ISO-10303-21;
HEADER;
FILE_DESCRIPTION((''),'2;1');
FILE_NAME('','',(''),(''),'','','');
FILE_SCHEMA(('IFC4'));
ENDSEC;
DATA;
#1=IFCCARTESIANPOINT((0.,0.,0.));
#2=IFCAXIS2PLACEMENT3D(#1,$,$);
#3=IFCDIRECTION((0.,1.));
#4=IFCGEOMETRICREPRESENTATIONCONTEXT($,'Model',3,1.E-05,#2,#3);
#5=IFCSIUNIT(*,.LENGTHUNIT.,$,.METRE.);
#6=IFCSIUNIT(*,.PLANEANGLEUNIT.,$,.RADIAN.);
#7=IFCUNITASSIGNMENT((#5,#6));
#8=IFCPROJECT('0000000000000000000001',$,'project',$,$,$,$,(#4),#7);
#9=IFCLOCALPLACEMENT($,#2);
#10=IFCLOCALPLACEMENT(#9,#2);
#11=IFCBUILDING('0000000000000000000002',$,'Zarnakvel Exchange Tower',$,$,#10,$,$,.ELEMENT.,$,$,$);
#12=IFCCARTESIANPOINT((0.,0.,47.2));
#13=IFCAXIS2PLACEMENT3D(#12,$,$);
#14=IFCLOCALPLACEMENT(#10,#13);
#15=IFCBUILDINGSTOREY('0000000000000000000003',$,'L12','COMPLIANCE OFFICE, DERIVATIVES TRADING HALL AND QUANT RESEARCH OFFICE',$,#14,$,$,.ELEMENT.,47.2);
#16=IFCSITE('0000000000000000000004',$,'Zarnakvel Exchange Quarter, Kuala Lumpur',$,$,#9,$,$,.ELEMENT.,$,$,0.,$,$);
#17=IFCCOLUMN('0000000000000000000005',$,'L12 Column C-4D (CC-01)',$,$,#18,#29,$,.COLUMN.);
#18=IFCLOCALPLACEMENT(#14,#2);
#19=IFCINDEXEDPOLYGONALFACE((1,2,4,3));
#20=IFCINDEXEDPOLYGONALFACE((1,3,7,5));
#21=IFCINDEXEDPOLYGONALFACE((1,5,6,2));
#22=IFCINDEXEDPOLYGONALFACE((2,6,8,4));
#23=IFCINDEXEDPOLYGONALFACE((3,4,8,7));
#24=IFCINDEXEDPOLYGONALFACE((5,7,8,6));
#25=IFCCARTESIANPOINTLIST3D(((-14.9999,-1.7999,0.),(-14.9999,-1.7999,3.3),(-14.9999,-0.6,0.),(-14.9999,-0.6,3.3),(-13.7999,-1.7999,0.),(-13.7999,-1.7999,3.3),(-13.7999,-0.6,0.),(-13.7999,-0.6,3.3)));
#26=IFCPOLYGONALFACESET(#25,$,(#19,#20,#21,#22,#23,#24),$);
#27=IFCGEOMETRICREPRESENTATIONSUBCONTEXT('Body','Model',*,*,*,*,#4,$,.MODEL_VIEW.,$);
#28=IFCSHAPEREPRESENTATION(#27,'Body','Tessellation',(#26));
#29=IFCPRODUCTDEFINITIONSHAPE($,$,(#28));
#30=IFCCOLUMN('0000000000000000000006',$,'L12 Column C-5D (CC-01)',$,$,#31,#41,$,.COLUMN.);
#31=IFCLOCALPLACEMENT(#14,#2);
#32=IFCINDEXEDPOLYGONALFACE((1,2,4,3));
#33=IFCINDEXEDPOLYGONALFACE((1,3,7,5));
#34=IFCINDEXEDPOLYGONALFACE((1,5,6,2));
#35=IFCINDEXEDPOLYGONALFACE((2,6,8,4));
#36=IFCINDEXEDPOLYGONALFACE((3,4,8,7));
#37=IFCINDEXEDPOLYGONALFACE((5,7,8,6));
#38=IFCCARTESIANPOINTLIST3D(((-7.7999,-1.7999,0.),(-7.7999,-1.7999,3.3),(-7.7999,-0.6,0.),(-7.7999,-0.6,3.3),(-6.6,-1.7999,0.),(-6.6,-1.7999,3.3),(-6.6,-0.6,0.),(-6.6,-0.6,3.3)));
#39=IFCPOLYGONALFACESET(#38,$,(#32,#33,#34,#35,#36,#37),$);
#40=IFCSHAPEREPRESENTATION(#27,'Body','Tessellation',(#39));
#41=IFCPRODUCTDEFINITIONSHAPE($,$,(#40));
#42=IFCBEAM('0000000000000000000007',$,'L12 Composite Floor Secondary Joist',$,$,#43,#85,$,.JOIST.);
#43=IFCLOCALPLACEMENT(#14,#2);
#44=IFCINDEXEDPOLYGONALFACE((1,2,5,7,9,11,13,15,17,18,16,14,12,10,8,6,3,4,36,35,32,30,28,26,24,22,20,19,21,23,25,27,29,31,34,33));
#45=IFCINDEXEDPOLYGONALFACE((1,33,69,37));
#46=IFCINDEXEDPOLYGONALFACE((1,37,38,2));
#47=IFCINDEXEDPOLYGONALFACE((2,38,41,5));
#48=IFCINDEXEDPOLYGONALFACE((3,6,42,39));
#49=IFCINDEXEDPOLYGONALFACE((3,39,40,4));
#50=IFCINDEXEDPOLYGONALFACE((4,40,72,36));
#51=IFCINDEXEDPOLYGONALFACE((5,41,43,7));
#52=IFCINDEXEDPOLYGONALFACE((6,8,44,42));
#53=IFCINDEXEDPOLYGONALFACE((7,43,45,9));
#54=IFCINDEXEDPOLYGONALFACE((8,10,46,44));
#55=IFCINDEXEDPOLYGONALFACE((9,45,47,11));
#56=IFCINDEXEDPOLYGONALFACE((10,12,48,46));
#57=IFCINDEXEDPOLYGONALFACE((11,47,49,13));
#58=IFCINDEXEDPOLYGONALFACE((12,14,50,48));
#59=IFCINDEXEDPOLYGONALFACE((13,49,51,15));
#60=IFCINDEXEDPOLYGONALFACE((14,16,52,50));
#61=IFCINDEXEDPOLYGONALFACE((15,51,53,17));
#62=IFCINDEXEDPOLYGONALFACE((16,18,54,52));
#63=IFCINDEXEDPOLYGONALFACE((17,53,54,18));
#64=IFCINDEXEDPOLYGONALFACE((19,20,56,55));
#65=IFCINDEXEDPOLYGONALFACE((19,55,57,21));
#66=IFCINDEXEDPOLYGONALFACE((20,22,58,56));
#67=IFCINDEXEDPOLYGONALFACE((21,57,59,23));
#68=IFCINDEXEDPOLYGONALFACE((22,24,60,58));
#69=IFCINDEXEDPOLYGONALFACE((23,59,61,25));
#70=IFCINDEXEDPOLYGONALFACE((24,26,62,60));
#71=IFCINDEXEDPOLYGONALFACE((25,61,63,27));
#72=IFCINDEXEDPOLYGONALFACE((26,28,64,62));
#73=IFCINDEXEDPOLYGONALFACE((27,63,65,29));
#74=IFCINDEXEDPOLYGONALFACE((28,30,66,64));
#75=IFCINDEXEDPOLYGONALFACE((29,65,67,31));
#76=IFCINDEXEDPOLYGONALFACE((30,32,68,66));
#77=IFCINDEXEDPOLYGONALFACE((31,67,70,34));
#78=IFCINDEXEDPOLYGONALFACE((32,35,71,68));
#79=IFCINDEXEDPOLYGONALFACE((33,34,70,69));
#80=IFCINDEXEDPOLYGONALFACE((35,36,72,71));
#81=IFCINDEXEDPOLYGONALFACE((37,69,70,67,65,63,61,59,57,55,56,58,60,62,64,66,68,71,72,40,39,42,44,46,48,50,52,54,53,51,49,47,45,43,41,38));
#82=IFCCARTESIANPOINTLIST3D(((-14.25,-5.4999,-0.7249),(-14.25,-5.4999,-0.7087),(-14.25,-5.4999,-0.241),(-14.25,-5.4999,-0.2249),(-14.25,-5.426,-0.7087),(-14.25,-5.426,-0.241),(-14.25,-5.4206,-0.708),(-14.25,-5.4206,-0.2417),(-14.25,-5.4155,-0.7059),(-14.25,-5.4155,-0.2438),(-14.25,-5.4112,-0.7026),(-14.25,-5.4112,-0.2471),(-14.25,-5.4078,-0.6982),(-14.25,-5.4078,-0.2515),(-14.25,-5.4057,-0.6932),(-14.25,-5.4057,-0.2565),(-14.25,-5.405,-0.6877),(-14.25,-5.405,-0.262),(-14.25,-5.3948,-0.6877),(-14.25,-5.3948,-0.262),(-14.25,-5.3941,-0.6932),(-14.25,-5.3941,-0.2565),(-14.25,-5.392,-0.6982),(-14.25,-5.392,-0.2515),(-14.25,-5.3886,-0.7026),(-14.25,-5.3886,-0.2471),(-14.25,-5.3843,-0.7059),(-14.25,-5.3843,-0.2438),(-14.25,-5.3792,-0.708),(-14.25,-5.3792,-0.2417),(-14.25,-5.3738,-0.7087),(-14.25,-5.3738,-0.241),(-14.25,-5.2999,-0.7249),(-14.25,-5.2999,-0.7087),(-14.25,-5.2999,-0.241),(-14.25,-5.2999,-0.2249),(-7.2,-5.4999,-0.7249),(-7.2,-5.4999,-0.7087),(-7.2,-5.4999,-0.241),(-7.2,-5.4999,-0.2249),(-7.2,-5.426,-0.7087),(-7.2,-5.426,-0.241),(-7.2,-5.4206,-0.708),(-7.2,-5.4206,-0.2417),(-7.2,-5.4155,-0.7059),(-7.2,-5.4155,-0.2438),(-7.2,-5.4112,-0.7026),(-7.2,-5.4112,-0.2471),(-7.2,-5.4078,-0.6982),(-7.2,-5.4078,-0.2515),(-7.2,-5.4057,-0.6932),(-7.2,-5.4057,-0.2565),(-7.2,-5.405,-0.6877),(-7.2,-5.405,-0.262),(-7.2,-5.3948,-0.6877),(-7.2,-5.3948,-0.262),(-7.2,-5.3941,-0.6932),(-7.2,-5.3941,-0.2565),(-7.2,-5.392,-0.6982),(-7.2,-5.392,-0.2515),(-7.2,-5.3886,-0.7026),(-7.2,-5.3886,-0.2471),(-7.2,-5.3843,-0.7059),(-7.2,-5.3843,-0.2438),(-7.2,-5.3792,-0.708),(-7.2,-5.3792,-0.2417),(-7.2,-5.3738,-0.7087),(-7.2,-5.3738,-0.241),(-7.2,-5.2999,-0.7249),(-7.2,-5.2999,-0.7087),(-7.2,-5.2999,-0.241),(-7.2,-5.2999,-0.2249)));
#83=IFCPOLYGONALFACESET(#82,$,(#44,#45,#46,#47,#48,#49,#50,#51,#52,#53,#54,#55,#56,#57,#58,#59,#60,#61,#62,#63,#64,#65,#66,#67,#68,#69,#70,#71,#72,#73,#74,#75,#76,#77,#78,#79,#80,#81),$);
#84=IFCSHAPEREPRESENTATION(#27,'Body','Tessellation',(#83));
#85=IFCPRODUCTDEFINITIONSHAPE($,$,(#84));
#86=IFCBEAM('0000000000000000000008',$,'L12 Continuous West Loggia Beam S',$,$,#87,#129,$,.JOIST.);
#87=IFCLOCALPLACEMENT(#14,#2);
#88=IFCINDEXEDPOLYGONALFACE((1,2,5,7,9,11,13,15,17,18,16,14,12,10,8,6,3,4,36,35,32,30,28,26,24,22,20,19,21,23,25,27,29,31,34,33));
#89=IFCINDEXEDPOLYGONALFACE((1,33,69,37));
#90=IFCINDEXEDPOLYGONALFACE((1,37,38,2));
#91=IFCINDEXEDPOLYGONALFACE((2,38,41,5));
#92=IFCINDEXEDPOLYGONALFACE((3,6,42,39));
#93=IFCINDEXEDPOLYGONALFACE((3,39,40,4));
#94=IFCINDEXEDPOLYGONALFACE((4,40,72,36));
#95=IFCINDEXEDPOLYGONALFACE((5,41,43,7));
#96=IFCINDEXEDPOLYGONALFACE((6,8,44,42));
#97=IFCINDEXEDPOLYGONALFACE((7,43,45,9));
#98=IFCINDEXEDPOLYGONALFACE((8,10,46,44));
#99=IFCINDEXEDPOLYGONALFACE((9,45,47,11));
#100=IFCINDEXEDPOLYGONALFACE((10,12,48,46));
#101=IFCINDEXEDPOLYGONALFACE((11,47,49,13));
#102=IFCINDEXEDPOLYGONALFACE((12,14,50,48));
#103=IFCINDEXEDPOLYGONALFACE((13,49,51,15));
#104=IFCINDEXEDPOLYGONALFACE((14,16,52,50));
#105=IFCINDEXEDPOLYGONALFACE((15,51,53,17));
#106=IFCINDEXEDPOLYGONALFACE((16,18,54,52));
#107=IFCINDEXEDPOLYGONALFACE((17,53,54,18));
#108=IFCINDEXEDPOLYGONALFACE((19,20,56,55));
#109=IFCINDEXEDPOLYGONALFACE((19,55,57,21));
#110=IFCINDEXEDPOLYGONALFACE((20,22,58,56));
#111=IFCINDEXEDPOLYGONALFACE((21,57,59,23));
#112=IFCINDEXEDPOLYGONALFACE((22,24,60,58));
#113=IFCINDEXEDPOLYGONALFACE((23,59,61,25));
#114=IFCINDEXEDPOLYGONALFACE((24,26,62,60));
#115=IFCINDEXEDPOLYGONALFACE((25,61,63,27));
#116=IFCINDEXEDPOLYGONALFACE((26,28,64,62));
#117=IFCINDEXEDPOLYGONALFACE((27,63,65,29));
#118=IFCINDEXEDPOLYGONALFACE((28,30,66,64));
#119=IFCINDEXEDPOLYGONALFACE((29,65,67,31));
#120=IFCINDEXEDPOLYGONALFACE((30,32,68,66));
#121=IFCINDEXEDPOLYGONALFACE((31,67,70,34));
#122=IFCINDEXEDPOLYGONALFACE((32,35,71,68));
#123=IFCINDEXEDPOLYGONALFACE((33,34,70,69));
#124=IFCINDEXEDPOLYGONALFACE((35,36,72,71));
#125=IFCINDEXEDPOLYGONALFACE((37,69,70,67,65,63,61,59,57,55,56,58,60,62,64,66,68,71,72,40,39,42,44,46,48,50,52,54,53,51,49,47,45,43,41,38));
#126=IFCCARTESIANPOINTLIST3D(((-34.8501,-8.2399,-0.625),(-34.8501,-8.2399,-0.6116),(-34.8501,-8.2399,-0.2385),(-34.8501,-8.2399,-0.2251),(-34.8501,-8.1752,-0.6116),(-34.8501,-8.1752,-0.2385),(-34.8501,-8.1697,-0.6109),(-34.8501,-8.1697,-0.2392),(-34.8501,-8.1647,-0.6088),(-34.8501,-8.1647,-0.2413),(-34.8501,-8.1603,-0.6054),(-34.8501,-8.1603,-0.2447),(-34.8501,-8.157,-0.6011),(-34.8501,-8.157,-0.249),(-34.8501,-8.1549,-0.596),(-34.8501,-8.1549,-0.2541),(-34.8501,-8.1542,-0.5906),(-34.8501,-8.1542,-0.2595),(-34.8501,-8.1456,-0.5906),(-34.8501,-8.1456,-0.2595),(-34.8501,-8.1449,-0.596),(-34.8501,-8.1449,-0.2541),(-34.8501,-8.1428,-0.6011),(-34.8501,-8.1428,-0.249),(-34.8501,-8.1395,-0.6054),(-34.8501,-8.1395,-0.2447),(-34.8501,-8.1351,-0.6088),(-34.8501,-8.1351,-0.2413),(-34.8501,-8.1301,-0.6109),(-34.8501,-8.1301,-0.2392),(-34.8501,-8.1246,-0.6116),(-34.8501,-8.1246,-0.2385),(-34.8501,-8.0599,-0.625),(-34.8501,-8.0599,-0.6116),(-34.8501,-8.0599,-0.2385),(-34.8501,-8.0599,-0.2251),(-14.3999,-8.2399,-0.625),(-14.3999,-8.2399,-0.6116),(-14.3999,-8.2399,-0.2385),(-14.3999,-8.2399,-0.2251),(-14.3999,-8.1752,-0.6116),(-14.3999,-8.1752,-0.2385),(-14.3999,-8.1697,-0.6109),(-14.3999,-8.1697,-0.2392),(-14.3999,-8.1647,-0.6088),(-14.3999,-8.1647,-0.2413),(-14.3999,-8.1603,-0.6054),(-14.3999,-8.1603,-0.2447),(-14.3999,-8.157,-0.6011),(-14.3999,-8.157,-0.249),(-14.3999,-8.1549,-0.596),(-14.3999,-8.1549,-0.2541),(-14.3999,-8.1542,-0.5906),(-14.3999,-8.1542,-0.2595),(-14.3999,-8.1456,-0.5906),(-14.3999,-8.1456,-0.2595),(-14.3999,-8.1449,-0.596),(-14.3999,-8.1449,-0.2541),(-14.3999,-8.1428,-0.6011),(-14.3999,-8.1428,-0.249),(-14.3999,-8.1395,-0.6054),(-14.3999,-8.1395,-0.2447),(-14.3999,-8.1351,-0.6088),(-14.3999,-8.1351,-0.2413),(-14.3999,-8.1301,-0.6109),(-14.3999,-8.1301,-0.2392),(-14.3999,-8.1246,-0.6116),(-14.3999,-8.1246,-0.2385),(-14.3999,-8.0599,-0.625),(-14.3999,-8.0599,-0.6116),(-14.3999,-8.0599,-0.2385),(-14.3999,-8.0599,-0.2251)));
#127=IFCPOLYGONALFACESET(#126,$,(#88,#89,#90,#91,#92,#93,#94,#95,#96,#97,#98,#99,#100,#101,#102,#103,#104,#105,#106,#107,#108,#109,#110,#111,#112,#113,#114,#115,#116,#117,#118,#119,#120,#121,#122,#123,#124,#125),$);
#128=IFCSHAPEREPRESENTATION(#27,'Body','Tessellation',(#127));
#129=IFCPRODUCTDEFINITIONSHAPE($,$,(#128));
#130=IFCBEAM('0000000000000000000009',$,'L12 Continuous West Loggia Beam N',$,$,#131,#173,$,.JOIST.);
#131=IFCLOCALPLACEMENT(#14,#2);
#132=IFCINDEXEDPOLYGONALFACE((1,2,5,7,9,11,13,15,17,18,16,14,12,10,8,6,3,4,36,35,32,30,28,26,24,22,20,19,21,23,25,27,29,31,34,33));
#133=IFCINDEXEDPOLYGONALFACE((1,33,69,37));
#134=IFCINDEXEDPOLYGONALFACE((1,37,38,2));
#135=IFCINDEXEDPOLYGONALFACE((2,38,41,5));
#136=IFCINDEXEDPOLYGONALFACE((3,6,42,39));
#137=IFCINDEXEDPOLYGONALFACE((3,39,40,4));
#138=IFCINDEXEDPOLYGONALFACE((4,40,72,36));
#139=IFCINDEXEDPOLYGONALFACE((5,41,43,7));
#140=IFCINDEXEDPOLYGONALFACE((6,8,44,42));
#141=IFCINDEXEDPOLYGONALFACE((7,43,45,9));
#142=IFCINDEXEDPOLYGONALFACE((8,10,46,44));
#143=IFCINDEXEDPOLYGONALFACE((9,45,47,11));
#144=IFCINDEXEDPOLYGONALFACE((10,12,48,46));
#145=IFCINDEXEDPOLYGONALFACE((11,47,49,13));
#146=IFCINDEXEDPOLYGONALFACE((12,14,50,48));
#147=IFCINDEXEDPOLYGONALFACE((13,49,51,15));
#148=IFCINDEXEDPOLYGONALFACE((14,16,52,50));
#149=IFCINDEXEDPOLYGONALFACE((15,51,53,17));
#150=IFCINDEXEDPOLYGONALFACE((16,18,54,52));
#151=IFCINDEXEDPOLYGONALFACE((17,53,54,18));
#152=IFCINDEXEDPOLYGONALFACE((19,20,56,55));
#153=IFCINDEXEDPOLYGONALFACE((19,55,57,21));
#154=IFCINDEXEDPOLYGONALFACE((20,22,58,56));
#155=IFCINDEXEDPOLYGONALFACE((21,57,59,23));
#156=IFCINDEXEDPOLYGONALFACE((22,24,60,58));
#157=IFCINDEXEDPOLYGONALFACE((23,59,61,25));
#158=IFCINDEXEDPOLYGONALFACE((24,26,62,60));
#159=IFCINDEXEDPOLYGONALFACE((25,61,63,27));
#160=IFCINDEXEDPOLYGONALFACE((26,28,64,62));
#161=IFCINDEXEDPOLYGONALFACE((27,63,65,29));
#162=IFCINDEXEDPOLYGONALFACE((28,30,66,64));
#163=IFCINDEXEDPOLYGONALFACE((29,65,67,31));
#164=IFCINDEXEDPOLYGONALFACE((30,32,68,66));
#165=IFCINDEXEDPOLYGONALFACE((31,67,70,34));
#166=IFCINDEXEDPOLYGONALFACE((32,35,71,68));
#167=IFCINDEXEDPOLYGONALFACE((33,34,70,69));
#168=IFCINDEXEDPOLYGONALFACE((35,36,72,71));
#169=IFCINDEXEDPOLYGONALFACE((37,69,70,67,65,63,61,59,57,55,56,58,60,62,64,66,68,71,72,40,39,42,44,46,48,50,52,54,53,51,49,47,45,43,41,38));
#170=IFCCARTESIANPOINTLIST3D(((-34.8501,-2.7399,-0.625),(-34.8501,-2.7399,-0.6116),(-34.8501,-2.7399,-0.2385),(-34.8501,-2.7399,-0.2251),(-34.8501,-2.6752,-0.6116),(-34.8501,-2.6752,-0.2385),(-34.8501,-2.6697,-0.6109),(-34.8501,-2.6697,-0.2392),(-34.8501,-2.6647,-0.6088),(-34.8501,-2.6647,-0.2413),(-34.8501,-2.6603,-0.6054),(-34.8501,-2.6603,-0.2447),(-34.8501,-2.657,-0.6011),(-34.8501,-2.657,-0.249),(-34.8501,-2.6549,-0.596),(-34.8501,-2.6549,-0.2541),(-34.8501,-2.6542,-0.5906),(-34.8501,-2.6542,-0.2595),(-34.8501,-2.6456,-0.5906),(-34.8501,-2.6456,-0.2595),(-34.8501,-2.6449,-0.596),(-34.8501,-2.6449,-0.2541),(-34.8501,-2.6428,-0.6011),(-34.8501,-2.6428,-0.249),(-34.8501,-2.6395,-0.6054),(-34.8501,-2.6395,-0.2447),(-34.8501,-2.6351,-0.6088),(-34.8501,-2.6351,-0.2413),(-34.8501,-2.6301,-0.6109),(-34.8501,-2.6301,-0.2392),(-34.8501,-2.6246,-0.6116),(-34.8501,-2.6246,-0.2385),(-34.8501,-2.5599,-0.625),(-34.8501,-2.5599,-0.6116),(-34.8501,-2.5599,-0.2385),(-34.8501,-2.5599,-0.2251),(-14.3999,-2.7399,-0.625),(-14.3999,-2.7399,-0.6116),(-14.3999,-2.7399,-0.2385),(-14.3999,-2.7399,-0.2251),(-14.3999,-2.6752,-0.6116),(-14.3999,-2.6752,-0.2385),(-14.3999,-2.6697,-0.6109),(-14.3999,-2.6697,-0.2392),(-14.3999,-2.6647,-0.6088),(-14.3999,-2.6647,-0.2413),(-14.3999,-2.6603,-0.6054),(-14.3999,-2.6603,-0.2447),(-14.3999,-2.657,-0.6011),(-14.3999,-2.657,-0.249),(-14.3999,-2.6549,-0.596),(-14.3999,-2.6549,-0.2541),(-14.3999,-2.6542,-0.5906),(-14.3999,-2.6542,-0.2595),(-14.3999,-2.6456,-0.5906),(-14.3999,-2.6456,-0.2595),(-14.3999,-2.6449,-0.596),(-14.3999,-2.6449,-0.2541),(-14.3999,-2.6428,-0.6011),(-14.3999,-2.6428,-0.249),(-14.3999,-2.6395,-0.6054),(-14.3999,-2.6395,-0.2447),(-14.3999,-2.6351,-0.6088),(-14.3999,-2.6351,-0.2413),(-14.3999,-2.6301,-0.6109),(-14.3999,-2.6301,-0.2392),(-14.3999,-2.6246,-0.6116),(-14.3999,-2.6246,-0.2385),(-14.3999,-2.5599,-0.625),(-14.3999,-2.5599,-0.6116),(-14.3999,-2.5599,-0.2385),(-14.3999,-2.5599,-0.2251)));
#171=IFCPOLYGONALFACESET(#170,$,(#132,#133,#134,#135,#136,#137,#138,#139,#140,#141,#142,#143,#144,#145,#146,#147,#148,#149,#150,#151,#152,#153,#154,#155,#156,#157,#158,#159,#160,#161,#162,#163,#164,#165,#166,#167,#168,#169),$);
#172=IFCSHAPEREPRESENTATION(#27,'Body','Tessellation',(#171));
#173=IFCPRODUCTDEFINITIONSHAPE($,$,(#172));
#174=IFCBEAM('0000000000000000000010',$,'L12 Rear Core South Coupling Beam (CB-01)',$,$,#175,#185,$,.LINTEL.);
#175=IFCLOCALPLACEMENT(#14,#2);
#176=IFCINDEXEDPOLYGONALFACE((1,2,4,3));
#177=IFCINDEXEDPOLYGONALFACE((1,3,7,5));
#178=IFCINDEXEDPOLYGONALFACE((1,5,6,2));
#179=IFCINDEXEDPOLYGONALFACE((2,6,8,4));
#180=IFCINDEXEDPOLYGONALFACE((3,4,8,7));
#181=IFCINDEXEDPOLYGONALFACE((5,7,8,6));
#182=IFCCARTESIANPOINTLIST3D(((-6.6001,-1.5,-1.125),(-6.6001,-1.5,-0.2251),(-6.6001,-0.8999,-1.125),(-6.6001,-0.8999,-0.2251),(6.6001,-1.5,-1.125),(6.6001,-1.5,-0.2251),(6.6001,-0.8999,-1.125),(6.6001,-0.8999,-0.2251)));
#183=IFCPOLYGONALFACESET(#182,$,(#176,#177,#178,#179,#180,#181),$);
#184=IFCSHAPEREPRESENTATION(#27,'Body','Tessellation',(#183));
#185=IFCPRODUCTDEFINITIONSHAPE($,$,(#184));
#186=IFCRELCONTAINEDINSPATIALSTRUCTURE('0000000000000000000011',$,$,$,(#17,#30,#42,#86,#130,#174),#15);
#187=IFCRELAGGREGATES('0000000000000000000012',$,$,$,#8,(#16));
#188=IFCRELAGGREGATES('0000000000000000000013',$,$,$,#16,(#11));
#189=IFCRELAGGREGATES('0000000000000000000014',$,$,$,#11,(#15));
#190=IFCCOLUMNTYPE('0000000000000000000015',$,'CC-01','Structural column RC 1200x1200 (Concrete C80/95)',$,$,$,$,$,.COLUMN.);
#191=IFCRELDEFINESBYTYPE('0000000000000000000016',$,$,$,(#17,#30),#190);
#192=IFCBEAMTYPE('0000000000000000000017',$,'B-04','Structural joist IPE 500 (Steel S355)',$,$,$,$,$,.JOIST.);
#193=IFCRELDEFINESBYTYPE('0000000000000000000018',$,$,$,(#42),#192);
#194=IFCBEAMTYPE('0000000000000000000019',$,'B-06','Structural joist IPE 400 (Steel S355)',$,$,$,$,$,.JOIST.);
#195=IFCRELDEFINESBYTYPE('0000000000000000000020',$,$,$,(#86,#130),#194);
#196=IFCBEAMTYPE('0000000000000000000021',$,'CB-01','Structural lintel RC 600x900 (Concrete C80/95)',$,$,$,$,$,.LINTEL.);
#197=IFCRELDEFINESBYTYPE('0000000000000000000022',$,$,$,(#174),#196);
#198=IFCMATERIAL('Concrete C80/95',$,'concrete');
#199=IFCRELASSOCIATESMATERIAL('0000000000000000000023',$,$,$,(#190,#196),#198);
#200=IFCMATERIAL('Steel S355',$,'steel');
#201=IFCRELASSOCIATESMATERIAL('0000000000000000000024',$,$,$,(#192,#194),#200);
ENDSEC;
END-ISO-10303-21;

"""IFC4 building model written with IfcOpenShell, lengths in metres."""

from ifc_helpers import new_model, si_unit, direction, frame, origin, origin_2d, place, context, subcontext, project, spatial, rectangle, i_section, extrude, material, material_profile, profile_set, type_object, element, save


model = new_model("IFC4")

# Units and contexts
model_context = context("Model", 3, precision=1e-05, world=origin(), true_north=direction((0.0, 1.0)))
body_context = subcontext(model_context, "Body", "Model", "MODEL_VIEW")
ifc_project = project(units=[si_unit("LENGTHUNIT", "METRE"), si_unit("PLANEANGLEUNIT", "RADIAN")], contexts=[model_context])

# Site, building, storey
site_placement = place(None, origin())
site = spatial("IfcSite", under=ifc_project, at=site_placement, Name="Zarnakvel Exchange Quarter, Kuala Lumpur", CompositionType="ELEMENT", RefElevation=0.0)
building_placement = place(site_placement, origin())
building = spatial("IfcBuilding", under=site, at=building_placement, Name="Zarnakvel Exchange Tower", CompositionType="ELEMENT")
storey_placement = place(building_placement, frame((0.0, 0.0, 47.2)))
storey = spatial("IfcBuildingStorey", under=building, at=storey_placement, Name="L12", Description="COMPLIANCE OFFICE, DERIVATIVES TRADING HALL AND QUANT RESEARCH OFFICE", CompositionType="ELEMENT", Elevation=47.2)

# Columns
ifc_material_1 = material(Name="Concrete C80/95", Category="concrete")
ifc_material_profile_1 = material_profile(ifc_material_1, rectangle(XDim=1.2, YDim=1.2, at=origin_2d()))
ifc_profile_set_1 = profile_set([ifc_material_profile_1], Name="Concrete C80/95")
column_type = type_object("IfcColumnType", Name="CC-01", Description="Structural column RC 1200x1200 (Concrete C80/95)", PredefinedType="COLUMN", material=ifc_profile_set_1)
for number, where, z_axis, x_axis, name in (
    (1, (-14.3999, -1.2, 0.0), (0.0, 0.0, 1.0), (1.0, 0.0, 0.0), "L12 Column C-4D (CC-01)"),
    (2, (-7.2, -1.2, 0.0), (0.0, 0.0, 1.0), (1.0, 0.0, 0.0), "L12 Column C-5D (CC-01)"),
):
    element("IfcColumn", number, at=place(storey_placement, frame(where, z_axis=z_axis, x_axis=x_axis)), inside=storey, type_object=column_type, Name=name, PredefinedType="COLUMN", context=body_context, shape_type="SweptSolid", body=[
        extrude(rectangle(XDim=1.2, YDim=1.2, at=origin_2d()), origin(), (0.0, 0.0, 1.0), 3.3),
    ])

# Beams
ifc_material_2 = material(Name="Steel S355", Category="steel")
ifc_material_profile_2 = material_profile(ifc_material_2, i_section(OverallWidth=0.2, OverallDepth=0.5, WebThickness=0.0103, FlangeThickness=0.0161, FilletRadius=0.021, at=origin_2d()))
ifc_profile_set_2 = profile_set([ifc_material_profile_2], Name="Steel S355")
beam_type_1 = type_object("IfcBeamType", Name="B-04", Description="Structural joist IPE 500 (Steel S355)", PredefinedType="JOIST", material=ifc_profile_set_2)
beam_1_placement = place(storey_placement, frame((-14.25, -5.3999, -0.4749), z_axis=(1.0, 0.0, 0.0), x_axis=(0.0, 1.0, 0.0)))
element("IfcBeam", 3, at=beam_1_placement, inside=storey, type_object=beam_type_1, Name="L12 Composite Floor Secondary Joist", PredefinedType="JOIST", context=body_context, shape_type="SweptSolid", body=[
    extrude(i_section(OverallWidth=0.2, OverallDepth=0.5, WebThickness=0.0103, FlangeThickness=0.0161, FilletRadius=0.021, at=origin_2d()), origin(), (0.0, 0.0, 1.0), 7.05),
])
ifc_material_profile_3 = material_profile(ifc_material_2, i_section(OverallWidth=0.1799, OverallDepth=0.3999, WebThickness=0.0085, FlangeThickness=0.0134, FilletRadius=0.021, at=origin_2d()))
ifc_profile_set_3 = profile_set([ifc_material_profile_3], Name="Steel S355")
beam_type_2 = type_object("IfcBeamType", Name="B-06", Description="Structural joist IPE 400 (Steel S355)", PredefinedType="JOIST", material=ifc_profile_set_3)
for number, where, z_axis, x_axis, name in (
    (4, (-14.3999, -8.1499, -0.425), (-1.0, 0.0, 0.0), (0.0, -1.0, 0.0), "L12 Continuous West Loggia Beam S"),
    (5, (-14.3999, -2.6499, -0.425), (-1.0, 0.0, 0.0), (0.0, -1.0, 0.0), "L12 Continuous West Loggia Beam N"),
):
    element("IfcBeam", number, at=place(storey_placement, frame(where, z_axis=z_axis, x_axis=x_axis)), inside=storey, type_object=beam_type_2, Name=name, PredefinedType="JOIST", context=body_context, shape_type="SweptSolid", body=[
        extrude(i_section(OverallWidth=0.1799, OverallDepth=0.3999, WebThickness=0.0085, FlangeThickness=0.0134, FilletRadius=0.021, at=origin_2d()), origin(), (0.0, 0.0, 1.0), 20.4502),
    ])
ifc_material_profile_4 = material_profile(ifc_material_1, rectangle(XDim=0.6001, YDim=0.8999, at=origin_2d()))
ifc_profile_set_4 = profile_set([ifc_material_profile_4], Name="Concrete C80/95")
beam_type_3 = type_object("IfcBeamType", Name="CB-01", Description="Structural lintel RC 600x900 (Concrete C80/95)", PredefinedType="LINTEL", material=ifc_profile_set_4)
beam_2_placement = place(storey_placement, frame((-6.6001, -1.2, -0.675), z_axis=(1.0, 0.0, 0.0), x_axis=(0.0, 1.0, 0.0)))
element("IfcBeam", 6, at=beam_2_placement, inside=storey, type_object=beam_type_3, Name="L12 Rear Core South Coupling Beam (CB-01)", PredefinedType="LINTEL", context=body_context, shape_type="SweptSolid", body=[
    extrude(rectangle(XDim=0.6001, YDim=0.8999, at=origin_2d()), origin(), (0.0, 0.0, 1.0), 13.2002),
])

save(model, "model.ifc")
